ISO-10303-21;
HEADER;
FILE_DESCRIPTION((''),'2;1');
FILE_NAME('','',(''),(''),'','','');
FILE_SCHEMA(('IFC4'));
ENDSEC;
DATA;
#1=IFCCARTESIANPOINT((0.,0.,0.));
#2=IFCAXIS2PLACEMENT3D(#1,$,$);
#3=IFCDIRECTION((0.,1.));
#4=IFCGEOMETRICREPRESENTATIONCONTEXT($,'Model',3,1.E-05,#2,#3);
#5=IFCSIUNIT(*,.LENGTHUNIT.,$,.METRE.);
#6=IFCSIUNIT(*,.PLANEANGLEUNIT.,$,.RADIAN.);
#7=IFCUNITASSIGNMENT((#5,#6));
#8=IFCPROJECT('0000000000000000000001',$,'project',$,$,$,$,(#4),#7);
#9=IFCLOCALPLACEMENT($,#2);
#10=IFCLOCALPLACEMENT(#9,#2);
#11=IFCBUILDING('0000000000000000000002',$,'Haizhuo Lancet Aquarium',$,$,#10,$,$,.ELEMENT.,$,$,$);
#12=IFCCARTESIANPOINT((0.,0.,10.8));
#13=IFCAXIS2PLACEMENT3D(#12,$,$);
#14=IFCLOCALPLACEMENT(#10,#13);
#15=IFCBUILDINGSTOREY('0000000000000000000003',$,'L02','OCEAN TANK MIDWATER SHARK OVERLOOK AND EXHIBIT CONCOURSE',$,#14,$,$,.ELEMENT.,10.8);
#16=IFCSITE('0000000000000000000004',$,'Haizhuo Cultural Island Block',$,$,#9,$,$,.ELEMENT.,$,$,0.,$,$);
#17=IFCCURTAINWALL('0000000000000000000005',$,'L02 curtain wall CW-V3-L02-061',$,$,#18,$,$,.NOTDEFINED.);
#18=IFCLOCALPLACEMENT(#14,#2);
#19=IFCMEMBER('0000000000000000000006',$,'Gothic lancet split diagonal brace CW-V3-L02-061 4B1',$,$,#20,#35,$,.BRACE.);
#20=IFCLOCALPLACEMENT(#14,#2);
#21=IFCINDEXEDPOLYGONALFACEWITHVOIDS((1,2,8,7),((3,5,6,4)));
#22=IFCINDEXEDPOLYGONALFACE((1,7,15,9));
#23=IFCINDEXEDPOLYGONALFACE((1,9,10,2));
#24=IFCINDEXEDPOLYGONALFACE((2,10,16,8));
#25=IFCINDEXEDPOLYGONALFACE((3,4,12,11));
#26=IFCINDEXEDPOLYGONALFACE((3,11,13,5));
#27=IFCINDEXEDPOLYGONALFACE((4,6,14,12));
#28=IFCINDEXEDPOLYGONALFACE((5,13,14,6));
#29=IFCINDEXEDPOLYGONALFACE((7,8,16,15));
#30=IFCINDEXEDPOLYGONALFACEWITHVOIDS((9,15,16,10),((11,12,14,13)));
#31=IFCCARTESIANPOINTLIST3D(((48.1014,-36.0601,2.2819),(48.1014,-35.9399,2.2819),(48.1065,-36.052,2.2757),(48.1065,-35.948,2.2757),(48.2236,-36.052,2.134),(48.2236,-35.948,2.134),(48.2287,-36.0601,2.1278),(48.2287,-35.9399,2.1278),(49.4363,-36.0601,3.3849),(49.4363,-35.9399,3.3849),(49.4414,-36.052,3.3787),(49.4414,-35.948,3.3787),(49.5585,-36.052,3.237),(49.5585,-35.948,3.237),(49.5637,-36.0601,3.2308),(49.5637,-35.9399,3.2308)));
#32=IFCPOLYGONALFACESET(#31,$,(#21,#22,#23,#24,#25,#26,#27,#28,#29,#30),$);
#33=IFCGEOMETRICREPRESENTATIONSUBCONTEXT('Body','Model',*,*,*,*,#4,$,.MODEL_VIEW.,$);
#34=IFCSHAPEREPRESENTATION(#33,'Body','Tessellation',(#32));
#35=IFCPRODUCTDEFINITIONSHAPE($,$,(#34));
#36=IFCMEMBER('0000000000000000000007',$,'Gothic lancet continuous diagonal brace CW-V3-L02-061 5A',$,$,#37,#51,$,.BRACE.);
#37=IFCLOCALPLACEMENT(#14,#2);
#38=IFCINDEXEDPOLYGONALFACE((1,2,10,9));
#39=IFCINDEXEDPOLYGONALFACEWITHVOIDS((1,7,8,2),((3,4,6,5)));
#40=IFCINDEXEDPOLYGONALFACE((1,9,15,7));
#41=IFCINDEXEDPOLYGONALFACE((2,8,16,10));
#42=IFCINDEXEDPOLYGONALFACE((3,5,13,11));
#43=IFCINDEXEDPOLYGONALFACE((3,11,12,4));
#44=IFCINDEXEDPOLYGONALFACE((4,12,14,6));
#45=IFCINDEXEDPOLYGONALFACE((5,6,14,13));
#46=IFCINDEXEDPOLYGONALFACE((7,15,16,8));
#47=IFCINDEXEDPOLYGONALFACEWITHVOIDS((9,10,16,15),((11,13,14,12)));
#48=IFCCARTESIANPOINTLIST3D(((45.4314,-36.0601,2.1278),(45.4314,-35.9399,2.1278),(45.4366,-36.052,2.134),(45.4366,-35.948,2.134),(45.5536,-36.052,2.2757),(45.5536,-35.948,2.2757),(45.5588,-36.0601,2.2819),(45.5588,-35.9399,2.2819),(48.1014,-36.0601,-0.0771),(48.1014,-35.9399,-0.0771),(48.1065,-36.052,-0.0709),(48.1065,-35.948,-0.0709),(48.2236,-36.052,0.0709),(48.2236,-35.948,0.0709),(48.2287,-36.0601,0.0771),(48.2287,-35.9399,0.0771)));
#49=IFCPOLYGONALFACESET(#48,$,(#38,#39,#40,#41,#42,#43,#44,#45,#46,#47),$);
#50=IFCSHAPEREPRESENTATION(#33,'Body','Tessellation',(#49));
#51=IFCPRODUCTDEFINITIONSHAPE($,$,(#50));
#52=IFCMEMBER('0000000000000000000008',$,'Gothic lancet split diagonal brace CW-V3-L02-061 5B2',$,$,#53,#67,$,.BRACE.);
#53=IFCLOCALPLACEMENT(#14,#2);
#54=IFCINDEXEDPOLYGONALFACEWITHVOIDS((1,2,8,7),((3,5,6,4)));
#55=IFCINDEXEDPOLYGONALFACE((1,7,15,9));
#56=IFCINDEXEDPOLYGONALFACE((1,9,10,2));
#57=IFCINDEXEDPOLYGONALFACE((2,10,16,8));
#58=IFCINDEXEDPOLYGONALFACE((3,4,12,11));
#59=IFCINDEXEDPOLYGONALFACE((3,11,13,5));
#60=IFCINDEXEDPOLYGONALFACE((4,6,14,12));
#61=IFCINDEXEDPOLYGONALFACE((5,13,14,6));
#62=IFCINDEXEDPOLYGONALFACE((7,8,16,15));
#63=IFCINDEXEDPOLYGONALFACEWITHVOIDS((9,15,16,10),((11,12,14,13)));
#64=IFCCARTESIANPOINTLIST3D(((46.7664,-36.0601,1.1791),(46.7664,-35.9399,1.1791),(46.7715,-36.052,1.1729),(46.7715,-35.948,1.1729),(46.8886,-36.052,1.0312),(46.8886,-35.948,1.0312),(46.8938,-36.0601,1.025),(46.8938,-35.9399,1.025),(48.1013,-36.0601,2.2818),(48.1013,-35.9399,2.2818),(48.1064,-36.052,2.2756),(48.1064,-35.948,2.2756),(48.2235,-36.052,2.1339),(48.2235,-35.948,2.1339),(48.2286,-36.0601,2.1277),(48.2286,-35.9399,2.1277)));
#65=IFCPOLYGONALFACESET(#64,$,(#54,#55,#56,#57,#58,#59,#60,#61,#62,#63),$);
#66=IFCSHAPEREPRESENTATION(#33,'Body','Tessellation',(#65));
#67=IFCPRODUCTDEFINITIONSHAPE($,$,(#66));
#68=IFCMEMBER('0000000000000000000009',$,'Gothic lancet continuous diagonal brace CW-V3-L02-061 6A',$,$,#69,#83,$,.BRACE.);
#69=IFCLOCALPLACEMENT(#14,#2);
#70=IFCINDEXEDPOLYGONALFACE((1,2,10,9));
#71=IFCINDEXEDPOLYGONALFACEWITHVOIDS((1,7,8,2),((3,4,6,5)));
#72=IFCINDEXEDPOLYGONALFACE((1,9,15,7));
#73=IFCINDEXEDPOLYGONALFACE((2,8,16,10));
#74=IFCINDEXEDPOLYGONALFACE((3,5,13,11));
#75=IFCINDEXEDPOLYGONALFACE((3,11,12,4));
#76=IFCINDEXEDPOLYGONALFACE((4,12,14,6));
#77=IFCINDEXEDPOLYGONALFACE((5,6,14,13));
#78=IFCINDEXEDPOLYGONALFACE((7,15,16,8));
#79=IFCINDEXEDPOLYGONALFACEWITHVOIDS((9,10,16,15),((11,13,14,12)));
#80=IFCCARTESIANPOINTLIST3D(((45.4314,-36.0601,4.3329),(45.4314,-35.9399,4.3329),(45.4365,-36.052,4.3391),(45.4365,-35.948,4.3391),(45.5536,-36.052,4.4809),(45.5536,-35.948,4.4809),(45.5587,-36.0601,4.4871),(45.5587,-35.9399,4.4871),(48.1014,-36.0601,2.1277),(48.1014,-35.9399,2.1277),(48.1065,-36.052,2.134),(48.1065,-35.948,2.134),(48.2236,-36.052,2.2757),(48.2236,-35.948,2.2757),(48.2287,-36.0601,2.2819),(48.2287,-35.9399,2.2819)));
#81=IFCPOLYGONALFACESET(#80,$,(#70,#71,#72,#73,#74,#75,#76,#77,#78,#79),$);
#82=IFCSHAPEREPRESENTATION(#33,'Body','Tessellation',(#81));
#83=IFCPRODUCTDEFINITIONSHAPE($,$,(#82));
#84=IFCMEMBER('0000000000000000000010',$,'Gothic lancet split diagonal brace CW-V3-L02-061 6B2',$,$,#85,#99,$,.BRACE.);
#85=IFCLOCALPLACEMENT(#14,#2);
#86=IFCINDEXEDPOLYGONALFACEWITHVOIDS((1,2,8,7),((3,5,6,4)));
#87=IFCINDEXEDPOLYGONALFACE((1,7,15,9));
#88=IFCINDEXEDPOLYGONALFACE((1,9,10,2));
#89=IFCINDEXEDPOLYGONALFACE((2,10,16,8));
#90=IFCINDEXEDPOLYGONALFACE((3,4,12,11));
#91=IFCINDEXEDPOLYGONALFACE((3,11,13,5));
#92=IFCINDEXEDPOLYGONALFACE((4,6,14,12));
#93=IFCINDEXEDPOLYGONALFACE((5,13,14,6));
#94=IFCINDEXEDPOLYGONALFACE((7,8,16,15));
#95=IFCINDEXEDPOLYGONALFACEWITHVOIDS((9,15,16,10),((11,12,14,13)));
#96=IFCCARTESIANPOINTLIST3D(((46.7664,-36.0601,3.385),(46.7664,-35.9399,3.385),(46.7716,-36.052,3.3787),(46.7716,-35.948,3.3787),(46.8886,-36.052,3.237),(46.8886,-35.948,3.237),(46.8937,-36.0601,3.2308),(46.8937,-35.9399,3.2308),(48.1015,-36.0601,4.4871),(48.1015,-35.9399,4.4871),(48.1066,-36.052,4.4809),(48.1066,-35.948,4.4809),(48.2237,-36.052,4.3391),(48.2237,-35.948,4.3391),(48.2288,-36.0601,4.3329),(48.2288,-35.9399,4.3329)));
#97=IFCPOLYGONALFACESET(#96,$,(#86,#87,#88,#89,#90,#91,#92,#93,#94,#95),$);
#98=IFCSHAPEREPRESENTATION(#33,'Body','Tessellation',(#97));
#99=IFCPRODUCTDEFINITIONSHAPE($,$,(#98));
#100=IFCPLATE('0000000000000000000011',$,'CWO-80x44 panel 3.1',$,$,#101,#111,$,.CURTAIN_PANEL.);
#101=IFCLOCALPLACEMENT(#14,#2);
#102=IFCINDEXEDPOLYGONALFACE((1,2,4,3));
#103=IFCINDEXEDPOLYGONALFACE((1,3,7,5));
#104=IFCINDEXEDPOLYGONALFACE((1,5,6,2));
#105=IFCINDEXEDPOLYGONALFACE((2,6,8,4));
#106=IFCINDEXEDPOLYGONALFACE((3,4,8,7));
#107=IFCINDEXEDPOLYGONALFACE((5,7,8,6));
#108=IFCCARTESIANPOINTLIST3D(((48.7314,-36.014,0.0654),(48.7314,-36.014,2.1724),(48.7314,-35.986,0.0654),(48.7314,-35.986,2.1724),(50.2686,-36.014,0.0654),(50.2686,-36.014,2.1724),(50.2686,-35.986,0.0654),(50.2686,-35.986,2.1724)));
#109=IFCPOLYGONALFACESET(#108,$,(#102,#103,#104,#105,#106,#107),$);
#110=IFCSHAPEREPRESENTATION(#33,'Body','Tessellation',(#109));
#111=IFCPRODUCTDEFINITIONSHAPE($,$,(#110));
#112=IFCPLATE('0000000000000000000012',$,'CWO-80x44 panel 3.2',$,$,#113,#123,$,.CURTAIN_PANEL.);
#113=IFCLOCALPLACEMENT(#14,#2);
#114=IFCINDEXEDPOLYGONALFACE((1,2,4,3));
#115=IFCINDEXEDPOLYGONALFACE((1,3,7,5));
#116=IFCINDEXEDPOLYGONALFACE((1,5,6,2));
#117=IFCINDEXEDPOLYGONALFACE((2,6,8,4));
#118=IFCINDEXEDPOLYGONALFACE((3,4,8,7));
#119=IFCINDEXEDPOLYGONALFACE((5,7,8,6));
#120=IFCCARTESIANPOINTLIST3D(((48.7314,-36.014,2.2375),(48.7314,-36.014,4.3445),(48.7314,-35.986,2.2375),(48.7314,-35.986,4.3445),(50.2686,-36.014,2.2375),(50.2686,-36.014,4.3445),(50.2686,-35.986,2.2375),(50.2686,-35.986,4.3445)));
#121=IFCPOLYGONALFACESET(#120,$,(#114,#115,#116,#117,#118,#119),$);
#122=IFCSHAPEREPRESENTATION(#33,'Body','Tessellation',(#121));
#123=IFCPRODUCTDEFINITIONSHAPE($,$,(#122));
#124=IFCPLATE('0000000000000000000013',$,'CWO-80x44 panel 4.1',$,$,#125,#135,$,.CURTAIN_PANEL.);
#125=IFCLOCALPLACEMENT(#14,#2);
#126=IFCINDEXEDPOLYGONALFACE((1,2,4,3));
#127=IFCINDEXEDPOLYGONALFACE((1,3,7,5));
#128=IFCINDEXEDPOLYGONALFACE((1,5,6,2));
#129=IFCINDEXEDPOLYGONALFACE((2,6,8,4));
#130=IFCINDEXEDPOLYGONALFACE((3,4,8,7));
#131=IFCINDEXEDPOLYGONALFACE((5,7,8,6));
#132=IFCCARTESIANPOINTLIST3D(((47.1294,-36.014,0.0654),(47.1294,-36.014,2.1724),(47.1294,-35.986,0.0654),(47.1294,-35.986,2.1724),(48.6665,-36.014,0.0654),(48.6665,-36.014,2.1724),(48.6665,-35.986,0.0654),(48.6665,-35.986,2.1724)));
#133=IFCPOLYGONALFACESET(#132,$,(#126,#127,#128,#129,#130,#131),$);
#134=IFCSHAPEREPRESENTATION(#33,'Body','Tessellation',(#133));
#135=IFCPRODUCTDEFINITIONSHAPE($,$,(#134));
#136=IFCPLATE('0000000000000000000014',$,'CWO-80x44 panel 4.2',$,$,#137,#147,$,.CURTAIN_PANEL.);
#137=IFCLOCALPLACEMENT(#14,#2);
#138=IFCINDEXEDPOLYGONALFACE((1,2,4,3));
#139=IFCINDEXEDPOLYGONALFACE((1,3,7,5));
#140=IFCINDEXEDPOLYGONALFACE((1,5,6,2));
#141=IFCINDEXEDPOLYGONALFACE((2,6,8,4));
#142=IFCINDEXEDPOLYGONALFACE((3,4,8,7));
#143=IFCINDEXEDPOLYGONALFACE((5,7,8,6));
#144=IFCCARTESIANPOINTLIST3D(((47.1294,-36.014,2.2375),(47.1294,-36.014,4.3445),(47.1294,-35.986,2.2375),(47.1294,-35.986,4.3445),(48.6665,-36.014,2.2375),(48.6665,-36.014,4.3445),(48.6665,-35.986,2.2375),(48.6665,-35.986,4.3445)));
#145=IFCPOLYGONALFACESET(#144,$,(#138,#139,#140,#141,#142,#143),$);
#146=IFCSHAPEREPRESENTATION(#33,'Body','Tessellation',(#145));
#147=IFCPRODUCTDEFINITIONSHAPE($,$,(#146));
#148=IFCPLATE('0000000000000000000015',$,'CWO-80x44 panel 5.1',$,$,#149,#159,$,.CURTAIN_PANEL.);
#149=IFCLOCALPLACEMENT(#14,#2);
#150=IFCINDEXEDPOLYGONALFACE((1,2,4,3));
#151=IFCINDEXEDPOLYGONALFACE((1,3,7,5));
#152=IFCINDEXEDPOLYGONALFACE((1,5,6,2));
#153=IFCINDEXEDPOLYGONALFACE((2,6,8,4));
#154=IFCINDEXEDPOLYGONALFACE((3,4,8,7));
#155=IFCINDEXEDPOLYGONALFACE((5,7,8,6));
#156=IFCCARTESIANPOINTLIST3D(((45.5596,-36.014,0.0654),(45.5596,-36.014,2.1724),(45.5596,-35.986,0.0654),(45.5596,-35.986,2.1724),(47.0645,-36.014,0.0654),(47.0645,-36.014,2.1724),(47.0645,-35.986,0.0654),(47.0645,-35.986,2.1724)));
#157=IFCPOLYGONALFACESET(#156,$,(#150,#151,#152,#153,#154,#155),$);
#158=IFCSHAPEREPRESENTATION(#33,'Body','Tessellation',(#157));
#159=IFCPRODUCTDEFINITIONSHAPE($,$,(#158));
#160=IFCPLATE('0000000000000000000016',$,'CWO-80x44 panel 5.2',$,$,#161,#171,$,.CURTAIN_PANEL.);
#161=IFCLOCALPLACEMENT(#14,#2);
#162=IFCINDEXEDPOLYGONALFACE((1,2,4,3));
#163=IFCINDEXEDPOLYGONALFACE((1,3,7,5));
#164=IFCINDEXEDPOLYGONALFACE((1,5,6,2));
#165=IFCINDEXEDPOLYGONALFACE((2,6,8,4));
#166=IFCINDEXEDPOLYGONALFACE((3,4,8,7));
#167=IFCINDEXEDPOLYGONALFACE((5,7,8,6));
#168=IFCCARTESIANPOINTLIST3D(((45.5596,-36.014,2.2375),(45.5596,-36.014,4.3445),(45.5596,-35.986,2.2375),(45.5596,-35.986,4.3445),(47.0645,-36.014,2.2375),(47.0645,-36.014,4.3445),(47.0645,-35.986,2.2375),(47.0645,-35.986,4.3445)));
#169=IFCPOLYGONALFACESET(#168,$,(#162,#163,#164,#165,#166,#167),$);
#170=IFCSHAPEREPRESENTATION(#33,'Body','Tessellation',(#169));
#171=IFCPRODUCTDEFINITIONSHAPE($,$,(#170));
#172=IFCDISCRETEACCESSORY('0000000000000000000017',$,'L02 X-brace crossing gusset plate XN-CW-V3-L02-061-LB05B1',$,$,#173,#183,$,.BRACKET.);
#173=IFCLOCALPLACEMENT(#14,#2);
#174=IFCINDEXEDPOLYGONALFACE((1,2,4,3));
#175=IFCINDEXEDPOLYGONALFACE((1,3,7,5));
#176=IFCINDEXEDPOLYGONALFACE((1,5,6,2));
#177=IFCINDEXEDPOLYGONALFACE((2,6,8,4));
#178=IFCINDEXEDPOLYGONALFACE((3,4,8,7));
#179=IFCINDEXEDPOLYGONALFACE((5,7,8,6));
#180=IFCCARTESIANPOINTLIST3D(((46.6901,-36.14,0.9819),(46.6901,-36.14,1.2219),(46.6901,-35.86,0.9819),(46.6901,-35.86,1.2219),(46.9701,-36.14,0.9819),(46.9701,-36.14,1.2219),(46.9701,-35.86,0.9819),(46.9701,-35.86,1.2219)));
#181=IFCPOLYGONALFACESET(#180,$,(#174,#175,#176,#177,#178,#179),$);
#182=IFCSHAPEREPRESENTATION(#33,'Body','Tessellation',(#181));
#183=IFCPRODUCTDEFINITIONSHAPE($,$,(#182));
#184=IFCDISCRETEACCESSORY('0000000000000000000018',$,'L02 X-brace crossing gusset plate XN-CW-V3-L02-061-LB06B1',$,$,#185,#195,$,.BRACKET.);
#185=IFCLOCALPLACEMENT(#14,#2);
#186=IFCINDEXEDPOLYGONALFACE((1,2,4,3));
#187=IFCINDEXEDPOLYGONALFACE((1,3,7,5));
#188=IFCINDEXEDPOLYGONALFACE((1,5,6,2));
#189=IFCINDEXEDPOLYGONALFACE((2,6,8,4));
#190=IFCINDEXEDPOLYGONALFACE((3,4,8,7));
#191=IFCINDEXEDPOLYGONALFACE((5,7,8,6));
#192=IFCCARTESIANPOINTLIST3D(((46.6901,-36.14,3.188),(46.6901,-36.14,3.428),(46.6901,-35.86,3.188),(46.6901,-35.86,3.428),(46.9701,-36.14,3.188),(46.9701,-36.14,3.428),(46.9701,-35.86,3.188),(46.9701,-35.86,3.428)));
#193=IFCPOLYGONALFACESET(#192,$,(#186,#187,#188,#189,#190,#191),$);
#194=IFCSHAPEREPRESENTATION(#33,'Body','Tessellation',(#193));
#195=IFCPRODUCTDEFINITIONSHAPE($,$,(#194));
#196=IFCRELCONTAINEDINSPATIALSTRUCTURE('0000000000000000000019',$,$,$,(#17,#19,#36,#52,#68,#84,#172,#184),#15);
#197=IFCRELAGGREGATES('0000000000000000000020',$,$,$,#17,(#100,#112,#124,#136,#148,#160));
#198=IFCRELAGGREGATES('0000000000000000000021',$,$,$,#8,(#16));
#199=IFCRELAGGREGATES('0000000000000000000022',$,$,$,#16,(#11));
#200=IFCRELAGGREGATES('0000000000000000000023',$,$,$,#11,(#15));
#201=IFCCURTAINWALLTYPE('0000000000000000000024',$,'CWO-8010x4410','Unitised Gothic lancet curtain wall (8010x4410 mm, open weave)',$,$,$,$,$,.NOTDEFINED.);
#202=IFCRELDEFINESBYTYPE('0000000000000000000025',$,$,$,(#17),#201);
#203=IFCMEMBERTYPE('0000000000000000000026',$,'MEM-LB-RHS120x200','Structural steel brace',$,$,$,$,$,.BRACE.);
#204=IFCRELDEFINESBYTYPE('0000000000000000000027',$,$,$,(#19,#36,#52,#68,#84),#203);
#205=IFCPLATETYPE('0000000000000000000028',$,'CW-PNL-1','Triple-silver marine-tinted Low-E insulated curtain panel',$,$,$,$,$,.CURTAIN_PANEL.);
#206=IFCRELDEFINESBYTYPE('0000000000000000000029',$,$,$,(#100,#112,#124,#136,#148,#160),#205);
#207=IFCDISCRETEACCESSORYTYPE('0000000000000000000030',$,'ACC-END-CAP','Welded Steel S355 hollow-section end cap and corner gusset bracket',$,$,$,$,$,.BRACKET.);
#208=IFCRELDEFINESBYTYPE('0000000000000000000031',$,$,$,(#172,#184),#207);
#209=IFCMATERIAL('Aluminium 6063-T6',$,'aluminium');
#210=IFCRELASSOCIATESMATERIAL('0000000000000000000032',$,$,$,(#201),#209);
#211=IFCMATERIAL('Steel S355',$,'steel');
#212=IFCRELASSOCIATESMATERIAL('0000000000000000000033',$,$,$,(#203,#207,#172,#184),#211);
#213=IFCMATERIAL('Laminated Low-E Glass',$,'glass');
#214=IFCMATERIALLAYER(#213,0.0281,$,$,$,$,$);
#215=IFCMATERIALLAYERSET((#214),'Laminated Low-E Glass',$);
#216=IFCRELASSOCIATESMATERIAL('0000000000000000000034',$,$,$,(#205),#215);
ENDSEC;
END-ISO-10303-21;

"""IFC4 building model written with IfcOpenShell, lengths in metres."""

from ifc_helpers import new_model, si_unit, direction, frame, origin, origin_2d, place, context, subcontext, project, spatial, rectangle, hollow_rectangle, extrude, material, layer, layer_set, material_profile, profile_set, type_object, element, aggregate, save


model = new_model("IFC4")

# Units and contexts
model_context = context("Model", 3, precision=1e-05, world=origin(), true_north=direction((0.0, 1.0)))
body_context = subcontext(model_context, "Body", "Model", "MODEL_VIEW")
ifc_project = project(units=[si_unit("LENGTHUNIT", "METRE"), si_unit("PLANEANGLEUNIT", "RADIAN")], contexts=[model_context])

# Site, building, storey
site_placement = place(None, origin())
site = spatial("IfcSite", under=ifc_project, at=site_placement, Name="Haizhuo Cultural Island Block", CompositionType="ELEMENT", RefElevation=0.0)
building_placement = place(site_placement, origin())
building = spatial("IfcBuilding", under=site, at=building_placement, Name="Haizhuo Lancet Aquarium", CompositionType="ELEMENT")
storey_placement = place(building_placement, frame((0.0, 0.0, 10.8)))
storey = spatial("IfcBuildingStorey", under=building, at=storey_placement, Name="L02", Description="OCEAN TANK MIDWATER SHARK OVERLOOK AND EXHIBIT CONCOURSE", CompositionType="ELEMENT", Elevation=10.8)

# Curtain wall
ifc_material_1 = material(Name="Aluminium 6063-T6", Category="aluminium")
curtain_wall_type = type_object("IfcCurtainWallType", Name="CWO-8010x4410", Description="Unitised Gothic lancet curtain wall (8010x4410 mm, open weave)", PredefinedType="NOTDEFINED", material=ifc_material_1)
curtain_wall_placement = place(storey_placement, origin())
curtain_wall = element("IfcCurtainWall", 1, at=curtain_wall_placement, inside=storey, type_object=curtain_wall_type, Name="L02 curtain wall CW-V3-L02-061", PredefinedType="NOTDEFINED")

# Members
ifc_material_2 = material(Name="Steel S355", Category="steel")
ifc_material_profile_1 = material_profile(ifc_material_2, hollow_rectangle(XDim=0.1201, YDim=0.2, WallThickness=0.0081, at=origin_2d()), Name="RHS 120x200x8")
ifc_profile_set_1 = profile_set([ifc_material_profile_1], Name="Steel S355")
member_type_1 = type_object("IfcMemberType", Name="MEM-LB-RHS120x200", Description="Structural steel brace", PredefinedType="BRACE", material=ifc_profile_set_1)
member_1_placement = place(storey_placement, frame((48.165, -36.0, 2.2048), z_axis=(0.770896, 0.0, 0.636962), x_axis=(0.0, 1.0, 0.0)))
element("IfcMember", 2, at=member_1_placement, inside=storey, type_object=member_type_1, Name="Gothic lancet split diagonal brace CW-V3-L02-061 4B1", PredefinedType="BRACE", context=body_context, shape_type="SweptSolid", body=[
    extrude(hollow_rectangle(XDim=0.1201, YDim=0.2, WallThickness=0.0081, at=origin_2d()), origin(), (0.0, 0.0, 1.0), 1.7317),
])
member_2_placement = place(storey_placement, frame((48.165, -36.0, 0.0), z_axis=(-0.771069, 0.0, 0.636752), x_axis=(0.0, -1.0, 0.0)))
element("IfcMember", 3, at=member_2_placement, inside=storey, type_object=member_type_1, Name="Gothic lancet continuous diagonal brace CW-V3-L02-061 5A", PredefinedType="BRACE", context=body_context, shape_type="SweptSolid", body=[
    extrude(hollow_rectangle(XDim=0.1201, YDim=0.2, WallThickness=0.0081, at=origin_2d()), origin(), (0.0, 0.0, 1.0), 3.4626),
])
member_3_placement = place(storey_placement, frame((46.8301, -36.0, 1.1021), z_axis=(0.770965, 0.0, 0.636878), x_axis=(0.0, 1.0, 0.0)))
element("IfcMember", 4, at=member_3_placement, inside=storey, type_object=member_type_1, Name="Gothic lancet split diagonal brace CW-V3-L02-061 5B2", PredefinedType="BRACE", context=body_context, shape_type="SweptSolid", body=[
    extrude(hollow_rectangle(XDim=0.1201, YDim=0.2, WallThickness=0.0081, at=origin_2d()), origin(), (0.0, 0.0, 1.0), 1.7314),
])
member_4_placement = place(storey_placement, frame((48.165, -36.0, 2.2048), z_axis=(-0.771034, 0.0, 0.636794), x_axis=(0.0, -1.0, 0.0)))
element("IfcMember", 5, at=member_4_placement, inside=storey, type_object=member_type_1, Name="Gothic lancet continuous diagonal brace CW-V3-L02-061 6A", PredefinedType="BRACE", context=body_context, shape_type="SweptSolid", body=[
    extrude(hollow_rectangle(XDim=0.1201, YDim=0.2, WallThickness=0.0081, at=origin_2d()), origin(), (0.0, 0.0, 1.0), 3.4629),
])
member_5_placement = place(storey_placement, frame((46.8301, -36.0, 3.3079), z_axis=(0.771172, 0.0, 0.636626), x_axis=(0.0, 1.0, 0.0)))
element("IfcMember", 6, at=member_5_placement, inside=storey, type_object=member_type_1, Name="Gothic lancet split diagonal brace CW-V3-L02-061 6B2", PredefinedType="BRACE", context=body_context, shape_type="SweptSolid", body=[
    extrude(hollow_rectangle(XDim=0.1201, YDim=0.2, WallThickness=0.0081, at=origin_2d()), origin(), (0.0, 0.0, 1.0), 1.7312),
])

# Plates
ifc_material_3 = material(Name="Laminated Low-E Glass", Category="glass")
ifc_layer = layer(ifc_material_3, 0.0281)
ifc_layer_set = layer_set([ifc_layer], Name="Laminated Low-E Glass")
plate_type = type_object("IfcPlateType", Name="CW-PNL-1", Description="Triple-silver marine-tinted Low-E insulated curtain panel", PredefinedType="CURTAIN_PANEL", material=ifc_layer_set)
plate_1_placement = place(storey_placement, frame((49.5, -36.0, 0.0654), z_axis=(0.0, 0.0, 1.0), x_axis=(-1.0, 0.0, 0.0)))
plate_1 = element("IfcPlate", 7, at=plate_1_placement, type_object=plate_type, Name="CWO-80x44 panel 3.1", PredefinedType="CURTAIN_PANEL", context=body_context, shape_type="SweptSolid", body=[
    extrude(rectangle(XDim=1.5371, YDim=0.0281, at=origin_2d()), origin(), (0.0, 0.0, 1.0), 2.1069),
])
plate_2_placement = place(storey_placement, frame((49.5, -36.0, 2.2375), z_axis=(0.0, 0.0, 1.0), x_axis=(-1.0, 0.0, 0.0)))
plate_2 = element("IfcPlate", 8, at=plate_2_placement, type_object=plate_type, Name="CWO-80x44 panel 3.2", PredefinedType="CURTAIN_PANEL", context=body_context, shape_type="SweptSolid", body=[
    extrude(rectangle(XDim=1.5371, YDim=0.0281, at=origin_2d()), origin(), (0.0, 0.0, 1.0), 2.1069),
])
plate_3_placement = place(storey_placement, frame((47.8979, -36.0, 0.0654), z_axis=(0.0, 0.0, 1.0), x_axis=(-1.0, 0.0, 0.0)))
plate_3 = element("IfcPlate", 9, at=plate_3_placement, type_object=plate_type, Name="CWO-80x44 panel 4.1", PredefinedType="CURTAIN_PANEL", context=body_context, shape_type="SweptSolid", body=[
    extrude(rectangle(XDim=1.5371, YDim=0.0281, at=origin_2d()), origin(), (0.0, 0.0, 1.0), 2.1069),
])
plate_4_placement = place(storey_placement, frame((47.8979, -36.0, 2.2375), z_axis=(0.0, 0.0, 1.0), x_axis=(-1.0, 0.0, 0.0)))
plate_4 = element("IfcPlate", 10, at=plate_4_placement, type_object=plate_type, Name="CWO-80x44 panel 4.2", PredefinedType="CURTAIN_PANEL", context=body_context, shape_type="SweptSolid", body=[
    extrude(rectangle(XDim=1.5371, YDim=0.0281, at=origin_2d()), origin(), (0.0, 0.0, 1.0), 2.1069),
])
plate_5_placement = place(storey_placement, frame((46.312, -36.0, 0.0654), z_axis=(0.0, 0.0, 1.0), x_axis=(-1.0, 0.0, 0.0)))
plate_5 = element("IfcPlate", 11, at=plate_5_placement, type_object=plate_type, Name="CWO-80x44 panel 5.1", PredefinedType="CURTAIN_PANEL", context=body_context, shape_type="SweptSolid", body=[
    extrude(rectangle(XDim=1.5049, YDim=0.0281, at=origin_2d()), origin(), (0.0, 0.0, 1.0), 2.1069),
])
plate_6_placement = place(storey_placement, frame((46.312, -36.0, 2.2375), z_axis=(0.0, 0.0, 1.0), x_axis=(-1.0, 0.0, 0.0)))
plate_6 = element("IfcPlate", 12, at=plate_6_placement, type_object=plate_type, Name="CWO-80x44 panel 5.2", PredefinedType="CURTAIN_PANEL", context=body_context, shape_type="SweptSolid", body=[
    extrude(rectangle(XDim=1.5049, YDim=0.0281, at=origin_2d()), origin(), (0.0, 0.0, 1.0), 2.1069),
])
aggregate(curtain_wall, [plate_1, plate_2, plate_3, plate_4, plate_5, plate_6])

# Discrete accessories
discrete_accessory_type = type_object("IfcDiscreteAccessoryType", Name="ACC-END-CAP", Description="Welded Steel S355 hollow-section end cap and corner gusset bracket", PredefinedType="BRACKET", material=ifc_material_2)
for number, where, z_axis, x_axis, name in (
    (13, (46.8301, -36.0, 0.9819), (0.0, 0.0, 1.0), (1.0, 0.0, 0.0), "L02 X-brace crossing gusset plate XN-CW-V3-L02-061-LB05B1"),
    (14, (46.8301, -36.0, 3.188), (0.0, 0.0, 1.0), (1.0, 0.0, 0.0), "L02 X-brace crossing gusset plate XN-CW-V3-L02-061-LB06B1"),
):
    element("IfcDiscreteAccessory", number, at=place(storey_placement, frame(where, z_axis=z_axis, x_axis=x_axis)), inside=storey, type_object=discrete_accessory_type, material=ifc_material_2, Name=name, PredefinedType="BRACKET", context=body_context, shape_type="SweptSolid", body=[
        extrude(rectangle(XDim=0.28, YDim=0.28, at=origin_2d()), origin(), (0.0, 0.0, 1.0), 0.24),
    ])

save(model, "model.ifc")
